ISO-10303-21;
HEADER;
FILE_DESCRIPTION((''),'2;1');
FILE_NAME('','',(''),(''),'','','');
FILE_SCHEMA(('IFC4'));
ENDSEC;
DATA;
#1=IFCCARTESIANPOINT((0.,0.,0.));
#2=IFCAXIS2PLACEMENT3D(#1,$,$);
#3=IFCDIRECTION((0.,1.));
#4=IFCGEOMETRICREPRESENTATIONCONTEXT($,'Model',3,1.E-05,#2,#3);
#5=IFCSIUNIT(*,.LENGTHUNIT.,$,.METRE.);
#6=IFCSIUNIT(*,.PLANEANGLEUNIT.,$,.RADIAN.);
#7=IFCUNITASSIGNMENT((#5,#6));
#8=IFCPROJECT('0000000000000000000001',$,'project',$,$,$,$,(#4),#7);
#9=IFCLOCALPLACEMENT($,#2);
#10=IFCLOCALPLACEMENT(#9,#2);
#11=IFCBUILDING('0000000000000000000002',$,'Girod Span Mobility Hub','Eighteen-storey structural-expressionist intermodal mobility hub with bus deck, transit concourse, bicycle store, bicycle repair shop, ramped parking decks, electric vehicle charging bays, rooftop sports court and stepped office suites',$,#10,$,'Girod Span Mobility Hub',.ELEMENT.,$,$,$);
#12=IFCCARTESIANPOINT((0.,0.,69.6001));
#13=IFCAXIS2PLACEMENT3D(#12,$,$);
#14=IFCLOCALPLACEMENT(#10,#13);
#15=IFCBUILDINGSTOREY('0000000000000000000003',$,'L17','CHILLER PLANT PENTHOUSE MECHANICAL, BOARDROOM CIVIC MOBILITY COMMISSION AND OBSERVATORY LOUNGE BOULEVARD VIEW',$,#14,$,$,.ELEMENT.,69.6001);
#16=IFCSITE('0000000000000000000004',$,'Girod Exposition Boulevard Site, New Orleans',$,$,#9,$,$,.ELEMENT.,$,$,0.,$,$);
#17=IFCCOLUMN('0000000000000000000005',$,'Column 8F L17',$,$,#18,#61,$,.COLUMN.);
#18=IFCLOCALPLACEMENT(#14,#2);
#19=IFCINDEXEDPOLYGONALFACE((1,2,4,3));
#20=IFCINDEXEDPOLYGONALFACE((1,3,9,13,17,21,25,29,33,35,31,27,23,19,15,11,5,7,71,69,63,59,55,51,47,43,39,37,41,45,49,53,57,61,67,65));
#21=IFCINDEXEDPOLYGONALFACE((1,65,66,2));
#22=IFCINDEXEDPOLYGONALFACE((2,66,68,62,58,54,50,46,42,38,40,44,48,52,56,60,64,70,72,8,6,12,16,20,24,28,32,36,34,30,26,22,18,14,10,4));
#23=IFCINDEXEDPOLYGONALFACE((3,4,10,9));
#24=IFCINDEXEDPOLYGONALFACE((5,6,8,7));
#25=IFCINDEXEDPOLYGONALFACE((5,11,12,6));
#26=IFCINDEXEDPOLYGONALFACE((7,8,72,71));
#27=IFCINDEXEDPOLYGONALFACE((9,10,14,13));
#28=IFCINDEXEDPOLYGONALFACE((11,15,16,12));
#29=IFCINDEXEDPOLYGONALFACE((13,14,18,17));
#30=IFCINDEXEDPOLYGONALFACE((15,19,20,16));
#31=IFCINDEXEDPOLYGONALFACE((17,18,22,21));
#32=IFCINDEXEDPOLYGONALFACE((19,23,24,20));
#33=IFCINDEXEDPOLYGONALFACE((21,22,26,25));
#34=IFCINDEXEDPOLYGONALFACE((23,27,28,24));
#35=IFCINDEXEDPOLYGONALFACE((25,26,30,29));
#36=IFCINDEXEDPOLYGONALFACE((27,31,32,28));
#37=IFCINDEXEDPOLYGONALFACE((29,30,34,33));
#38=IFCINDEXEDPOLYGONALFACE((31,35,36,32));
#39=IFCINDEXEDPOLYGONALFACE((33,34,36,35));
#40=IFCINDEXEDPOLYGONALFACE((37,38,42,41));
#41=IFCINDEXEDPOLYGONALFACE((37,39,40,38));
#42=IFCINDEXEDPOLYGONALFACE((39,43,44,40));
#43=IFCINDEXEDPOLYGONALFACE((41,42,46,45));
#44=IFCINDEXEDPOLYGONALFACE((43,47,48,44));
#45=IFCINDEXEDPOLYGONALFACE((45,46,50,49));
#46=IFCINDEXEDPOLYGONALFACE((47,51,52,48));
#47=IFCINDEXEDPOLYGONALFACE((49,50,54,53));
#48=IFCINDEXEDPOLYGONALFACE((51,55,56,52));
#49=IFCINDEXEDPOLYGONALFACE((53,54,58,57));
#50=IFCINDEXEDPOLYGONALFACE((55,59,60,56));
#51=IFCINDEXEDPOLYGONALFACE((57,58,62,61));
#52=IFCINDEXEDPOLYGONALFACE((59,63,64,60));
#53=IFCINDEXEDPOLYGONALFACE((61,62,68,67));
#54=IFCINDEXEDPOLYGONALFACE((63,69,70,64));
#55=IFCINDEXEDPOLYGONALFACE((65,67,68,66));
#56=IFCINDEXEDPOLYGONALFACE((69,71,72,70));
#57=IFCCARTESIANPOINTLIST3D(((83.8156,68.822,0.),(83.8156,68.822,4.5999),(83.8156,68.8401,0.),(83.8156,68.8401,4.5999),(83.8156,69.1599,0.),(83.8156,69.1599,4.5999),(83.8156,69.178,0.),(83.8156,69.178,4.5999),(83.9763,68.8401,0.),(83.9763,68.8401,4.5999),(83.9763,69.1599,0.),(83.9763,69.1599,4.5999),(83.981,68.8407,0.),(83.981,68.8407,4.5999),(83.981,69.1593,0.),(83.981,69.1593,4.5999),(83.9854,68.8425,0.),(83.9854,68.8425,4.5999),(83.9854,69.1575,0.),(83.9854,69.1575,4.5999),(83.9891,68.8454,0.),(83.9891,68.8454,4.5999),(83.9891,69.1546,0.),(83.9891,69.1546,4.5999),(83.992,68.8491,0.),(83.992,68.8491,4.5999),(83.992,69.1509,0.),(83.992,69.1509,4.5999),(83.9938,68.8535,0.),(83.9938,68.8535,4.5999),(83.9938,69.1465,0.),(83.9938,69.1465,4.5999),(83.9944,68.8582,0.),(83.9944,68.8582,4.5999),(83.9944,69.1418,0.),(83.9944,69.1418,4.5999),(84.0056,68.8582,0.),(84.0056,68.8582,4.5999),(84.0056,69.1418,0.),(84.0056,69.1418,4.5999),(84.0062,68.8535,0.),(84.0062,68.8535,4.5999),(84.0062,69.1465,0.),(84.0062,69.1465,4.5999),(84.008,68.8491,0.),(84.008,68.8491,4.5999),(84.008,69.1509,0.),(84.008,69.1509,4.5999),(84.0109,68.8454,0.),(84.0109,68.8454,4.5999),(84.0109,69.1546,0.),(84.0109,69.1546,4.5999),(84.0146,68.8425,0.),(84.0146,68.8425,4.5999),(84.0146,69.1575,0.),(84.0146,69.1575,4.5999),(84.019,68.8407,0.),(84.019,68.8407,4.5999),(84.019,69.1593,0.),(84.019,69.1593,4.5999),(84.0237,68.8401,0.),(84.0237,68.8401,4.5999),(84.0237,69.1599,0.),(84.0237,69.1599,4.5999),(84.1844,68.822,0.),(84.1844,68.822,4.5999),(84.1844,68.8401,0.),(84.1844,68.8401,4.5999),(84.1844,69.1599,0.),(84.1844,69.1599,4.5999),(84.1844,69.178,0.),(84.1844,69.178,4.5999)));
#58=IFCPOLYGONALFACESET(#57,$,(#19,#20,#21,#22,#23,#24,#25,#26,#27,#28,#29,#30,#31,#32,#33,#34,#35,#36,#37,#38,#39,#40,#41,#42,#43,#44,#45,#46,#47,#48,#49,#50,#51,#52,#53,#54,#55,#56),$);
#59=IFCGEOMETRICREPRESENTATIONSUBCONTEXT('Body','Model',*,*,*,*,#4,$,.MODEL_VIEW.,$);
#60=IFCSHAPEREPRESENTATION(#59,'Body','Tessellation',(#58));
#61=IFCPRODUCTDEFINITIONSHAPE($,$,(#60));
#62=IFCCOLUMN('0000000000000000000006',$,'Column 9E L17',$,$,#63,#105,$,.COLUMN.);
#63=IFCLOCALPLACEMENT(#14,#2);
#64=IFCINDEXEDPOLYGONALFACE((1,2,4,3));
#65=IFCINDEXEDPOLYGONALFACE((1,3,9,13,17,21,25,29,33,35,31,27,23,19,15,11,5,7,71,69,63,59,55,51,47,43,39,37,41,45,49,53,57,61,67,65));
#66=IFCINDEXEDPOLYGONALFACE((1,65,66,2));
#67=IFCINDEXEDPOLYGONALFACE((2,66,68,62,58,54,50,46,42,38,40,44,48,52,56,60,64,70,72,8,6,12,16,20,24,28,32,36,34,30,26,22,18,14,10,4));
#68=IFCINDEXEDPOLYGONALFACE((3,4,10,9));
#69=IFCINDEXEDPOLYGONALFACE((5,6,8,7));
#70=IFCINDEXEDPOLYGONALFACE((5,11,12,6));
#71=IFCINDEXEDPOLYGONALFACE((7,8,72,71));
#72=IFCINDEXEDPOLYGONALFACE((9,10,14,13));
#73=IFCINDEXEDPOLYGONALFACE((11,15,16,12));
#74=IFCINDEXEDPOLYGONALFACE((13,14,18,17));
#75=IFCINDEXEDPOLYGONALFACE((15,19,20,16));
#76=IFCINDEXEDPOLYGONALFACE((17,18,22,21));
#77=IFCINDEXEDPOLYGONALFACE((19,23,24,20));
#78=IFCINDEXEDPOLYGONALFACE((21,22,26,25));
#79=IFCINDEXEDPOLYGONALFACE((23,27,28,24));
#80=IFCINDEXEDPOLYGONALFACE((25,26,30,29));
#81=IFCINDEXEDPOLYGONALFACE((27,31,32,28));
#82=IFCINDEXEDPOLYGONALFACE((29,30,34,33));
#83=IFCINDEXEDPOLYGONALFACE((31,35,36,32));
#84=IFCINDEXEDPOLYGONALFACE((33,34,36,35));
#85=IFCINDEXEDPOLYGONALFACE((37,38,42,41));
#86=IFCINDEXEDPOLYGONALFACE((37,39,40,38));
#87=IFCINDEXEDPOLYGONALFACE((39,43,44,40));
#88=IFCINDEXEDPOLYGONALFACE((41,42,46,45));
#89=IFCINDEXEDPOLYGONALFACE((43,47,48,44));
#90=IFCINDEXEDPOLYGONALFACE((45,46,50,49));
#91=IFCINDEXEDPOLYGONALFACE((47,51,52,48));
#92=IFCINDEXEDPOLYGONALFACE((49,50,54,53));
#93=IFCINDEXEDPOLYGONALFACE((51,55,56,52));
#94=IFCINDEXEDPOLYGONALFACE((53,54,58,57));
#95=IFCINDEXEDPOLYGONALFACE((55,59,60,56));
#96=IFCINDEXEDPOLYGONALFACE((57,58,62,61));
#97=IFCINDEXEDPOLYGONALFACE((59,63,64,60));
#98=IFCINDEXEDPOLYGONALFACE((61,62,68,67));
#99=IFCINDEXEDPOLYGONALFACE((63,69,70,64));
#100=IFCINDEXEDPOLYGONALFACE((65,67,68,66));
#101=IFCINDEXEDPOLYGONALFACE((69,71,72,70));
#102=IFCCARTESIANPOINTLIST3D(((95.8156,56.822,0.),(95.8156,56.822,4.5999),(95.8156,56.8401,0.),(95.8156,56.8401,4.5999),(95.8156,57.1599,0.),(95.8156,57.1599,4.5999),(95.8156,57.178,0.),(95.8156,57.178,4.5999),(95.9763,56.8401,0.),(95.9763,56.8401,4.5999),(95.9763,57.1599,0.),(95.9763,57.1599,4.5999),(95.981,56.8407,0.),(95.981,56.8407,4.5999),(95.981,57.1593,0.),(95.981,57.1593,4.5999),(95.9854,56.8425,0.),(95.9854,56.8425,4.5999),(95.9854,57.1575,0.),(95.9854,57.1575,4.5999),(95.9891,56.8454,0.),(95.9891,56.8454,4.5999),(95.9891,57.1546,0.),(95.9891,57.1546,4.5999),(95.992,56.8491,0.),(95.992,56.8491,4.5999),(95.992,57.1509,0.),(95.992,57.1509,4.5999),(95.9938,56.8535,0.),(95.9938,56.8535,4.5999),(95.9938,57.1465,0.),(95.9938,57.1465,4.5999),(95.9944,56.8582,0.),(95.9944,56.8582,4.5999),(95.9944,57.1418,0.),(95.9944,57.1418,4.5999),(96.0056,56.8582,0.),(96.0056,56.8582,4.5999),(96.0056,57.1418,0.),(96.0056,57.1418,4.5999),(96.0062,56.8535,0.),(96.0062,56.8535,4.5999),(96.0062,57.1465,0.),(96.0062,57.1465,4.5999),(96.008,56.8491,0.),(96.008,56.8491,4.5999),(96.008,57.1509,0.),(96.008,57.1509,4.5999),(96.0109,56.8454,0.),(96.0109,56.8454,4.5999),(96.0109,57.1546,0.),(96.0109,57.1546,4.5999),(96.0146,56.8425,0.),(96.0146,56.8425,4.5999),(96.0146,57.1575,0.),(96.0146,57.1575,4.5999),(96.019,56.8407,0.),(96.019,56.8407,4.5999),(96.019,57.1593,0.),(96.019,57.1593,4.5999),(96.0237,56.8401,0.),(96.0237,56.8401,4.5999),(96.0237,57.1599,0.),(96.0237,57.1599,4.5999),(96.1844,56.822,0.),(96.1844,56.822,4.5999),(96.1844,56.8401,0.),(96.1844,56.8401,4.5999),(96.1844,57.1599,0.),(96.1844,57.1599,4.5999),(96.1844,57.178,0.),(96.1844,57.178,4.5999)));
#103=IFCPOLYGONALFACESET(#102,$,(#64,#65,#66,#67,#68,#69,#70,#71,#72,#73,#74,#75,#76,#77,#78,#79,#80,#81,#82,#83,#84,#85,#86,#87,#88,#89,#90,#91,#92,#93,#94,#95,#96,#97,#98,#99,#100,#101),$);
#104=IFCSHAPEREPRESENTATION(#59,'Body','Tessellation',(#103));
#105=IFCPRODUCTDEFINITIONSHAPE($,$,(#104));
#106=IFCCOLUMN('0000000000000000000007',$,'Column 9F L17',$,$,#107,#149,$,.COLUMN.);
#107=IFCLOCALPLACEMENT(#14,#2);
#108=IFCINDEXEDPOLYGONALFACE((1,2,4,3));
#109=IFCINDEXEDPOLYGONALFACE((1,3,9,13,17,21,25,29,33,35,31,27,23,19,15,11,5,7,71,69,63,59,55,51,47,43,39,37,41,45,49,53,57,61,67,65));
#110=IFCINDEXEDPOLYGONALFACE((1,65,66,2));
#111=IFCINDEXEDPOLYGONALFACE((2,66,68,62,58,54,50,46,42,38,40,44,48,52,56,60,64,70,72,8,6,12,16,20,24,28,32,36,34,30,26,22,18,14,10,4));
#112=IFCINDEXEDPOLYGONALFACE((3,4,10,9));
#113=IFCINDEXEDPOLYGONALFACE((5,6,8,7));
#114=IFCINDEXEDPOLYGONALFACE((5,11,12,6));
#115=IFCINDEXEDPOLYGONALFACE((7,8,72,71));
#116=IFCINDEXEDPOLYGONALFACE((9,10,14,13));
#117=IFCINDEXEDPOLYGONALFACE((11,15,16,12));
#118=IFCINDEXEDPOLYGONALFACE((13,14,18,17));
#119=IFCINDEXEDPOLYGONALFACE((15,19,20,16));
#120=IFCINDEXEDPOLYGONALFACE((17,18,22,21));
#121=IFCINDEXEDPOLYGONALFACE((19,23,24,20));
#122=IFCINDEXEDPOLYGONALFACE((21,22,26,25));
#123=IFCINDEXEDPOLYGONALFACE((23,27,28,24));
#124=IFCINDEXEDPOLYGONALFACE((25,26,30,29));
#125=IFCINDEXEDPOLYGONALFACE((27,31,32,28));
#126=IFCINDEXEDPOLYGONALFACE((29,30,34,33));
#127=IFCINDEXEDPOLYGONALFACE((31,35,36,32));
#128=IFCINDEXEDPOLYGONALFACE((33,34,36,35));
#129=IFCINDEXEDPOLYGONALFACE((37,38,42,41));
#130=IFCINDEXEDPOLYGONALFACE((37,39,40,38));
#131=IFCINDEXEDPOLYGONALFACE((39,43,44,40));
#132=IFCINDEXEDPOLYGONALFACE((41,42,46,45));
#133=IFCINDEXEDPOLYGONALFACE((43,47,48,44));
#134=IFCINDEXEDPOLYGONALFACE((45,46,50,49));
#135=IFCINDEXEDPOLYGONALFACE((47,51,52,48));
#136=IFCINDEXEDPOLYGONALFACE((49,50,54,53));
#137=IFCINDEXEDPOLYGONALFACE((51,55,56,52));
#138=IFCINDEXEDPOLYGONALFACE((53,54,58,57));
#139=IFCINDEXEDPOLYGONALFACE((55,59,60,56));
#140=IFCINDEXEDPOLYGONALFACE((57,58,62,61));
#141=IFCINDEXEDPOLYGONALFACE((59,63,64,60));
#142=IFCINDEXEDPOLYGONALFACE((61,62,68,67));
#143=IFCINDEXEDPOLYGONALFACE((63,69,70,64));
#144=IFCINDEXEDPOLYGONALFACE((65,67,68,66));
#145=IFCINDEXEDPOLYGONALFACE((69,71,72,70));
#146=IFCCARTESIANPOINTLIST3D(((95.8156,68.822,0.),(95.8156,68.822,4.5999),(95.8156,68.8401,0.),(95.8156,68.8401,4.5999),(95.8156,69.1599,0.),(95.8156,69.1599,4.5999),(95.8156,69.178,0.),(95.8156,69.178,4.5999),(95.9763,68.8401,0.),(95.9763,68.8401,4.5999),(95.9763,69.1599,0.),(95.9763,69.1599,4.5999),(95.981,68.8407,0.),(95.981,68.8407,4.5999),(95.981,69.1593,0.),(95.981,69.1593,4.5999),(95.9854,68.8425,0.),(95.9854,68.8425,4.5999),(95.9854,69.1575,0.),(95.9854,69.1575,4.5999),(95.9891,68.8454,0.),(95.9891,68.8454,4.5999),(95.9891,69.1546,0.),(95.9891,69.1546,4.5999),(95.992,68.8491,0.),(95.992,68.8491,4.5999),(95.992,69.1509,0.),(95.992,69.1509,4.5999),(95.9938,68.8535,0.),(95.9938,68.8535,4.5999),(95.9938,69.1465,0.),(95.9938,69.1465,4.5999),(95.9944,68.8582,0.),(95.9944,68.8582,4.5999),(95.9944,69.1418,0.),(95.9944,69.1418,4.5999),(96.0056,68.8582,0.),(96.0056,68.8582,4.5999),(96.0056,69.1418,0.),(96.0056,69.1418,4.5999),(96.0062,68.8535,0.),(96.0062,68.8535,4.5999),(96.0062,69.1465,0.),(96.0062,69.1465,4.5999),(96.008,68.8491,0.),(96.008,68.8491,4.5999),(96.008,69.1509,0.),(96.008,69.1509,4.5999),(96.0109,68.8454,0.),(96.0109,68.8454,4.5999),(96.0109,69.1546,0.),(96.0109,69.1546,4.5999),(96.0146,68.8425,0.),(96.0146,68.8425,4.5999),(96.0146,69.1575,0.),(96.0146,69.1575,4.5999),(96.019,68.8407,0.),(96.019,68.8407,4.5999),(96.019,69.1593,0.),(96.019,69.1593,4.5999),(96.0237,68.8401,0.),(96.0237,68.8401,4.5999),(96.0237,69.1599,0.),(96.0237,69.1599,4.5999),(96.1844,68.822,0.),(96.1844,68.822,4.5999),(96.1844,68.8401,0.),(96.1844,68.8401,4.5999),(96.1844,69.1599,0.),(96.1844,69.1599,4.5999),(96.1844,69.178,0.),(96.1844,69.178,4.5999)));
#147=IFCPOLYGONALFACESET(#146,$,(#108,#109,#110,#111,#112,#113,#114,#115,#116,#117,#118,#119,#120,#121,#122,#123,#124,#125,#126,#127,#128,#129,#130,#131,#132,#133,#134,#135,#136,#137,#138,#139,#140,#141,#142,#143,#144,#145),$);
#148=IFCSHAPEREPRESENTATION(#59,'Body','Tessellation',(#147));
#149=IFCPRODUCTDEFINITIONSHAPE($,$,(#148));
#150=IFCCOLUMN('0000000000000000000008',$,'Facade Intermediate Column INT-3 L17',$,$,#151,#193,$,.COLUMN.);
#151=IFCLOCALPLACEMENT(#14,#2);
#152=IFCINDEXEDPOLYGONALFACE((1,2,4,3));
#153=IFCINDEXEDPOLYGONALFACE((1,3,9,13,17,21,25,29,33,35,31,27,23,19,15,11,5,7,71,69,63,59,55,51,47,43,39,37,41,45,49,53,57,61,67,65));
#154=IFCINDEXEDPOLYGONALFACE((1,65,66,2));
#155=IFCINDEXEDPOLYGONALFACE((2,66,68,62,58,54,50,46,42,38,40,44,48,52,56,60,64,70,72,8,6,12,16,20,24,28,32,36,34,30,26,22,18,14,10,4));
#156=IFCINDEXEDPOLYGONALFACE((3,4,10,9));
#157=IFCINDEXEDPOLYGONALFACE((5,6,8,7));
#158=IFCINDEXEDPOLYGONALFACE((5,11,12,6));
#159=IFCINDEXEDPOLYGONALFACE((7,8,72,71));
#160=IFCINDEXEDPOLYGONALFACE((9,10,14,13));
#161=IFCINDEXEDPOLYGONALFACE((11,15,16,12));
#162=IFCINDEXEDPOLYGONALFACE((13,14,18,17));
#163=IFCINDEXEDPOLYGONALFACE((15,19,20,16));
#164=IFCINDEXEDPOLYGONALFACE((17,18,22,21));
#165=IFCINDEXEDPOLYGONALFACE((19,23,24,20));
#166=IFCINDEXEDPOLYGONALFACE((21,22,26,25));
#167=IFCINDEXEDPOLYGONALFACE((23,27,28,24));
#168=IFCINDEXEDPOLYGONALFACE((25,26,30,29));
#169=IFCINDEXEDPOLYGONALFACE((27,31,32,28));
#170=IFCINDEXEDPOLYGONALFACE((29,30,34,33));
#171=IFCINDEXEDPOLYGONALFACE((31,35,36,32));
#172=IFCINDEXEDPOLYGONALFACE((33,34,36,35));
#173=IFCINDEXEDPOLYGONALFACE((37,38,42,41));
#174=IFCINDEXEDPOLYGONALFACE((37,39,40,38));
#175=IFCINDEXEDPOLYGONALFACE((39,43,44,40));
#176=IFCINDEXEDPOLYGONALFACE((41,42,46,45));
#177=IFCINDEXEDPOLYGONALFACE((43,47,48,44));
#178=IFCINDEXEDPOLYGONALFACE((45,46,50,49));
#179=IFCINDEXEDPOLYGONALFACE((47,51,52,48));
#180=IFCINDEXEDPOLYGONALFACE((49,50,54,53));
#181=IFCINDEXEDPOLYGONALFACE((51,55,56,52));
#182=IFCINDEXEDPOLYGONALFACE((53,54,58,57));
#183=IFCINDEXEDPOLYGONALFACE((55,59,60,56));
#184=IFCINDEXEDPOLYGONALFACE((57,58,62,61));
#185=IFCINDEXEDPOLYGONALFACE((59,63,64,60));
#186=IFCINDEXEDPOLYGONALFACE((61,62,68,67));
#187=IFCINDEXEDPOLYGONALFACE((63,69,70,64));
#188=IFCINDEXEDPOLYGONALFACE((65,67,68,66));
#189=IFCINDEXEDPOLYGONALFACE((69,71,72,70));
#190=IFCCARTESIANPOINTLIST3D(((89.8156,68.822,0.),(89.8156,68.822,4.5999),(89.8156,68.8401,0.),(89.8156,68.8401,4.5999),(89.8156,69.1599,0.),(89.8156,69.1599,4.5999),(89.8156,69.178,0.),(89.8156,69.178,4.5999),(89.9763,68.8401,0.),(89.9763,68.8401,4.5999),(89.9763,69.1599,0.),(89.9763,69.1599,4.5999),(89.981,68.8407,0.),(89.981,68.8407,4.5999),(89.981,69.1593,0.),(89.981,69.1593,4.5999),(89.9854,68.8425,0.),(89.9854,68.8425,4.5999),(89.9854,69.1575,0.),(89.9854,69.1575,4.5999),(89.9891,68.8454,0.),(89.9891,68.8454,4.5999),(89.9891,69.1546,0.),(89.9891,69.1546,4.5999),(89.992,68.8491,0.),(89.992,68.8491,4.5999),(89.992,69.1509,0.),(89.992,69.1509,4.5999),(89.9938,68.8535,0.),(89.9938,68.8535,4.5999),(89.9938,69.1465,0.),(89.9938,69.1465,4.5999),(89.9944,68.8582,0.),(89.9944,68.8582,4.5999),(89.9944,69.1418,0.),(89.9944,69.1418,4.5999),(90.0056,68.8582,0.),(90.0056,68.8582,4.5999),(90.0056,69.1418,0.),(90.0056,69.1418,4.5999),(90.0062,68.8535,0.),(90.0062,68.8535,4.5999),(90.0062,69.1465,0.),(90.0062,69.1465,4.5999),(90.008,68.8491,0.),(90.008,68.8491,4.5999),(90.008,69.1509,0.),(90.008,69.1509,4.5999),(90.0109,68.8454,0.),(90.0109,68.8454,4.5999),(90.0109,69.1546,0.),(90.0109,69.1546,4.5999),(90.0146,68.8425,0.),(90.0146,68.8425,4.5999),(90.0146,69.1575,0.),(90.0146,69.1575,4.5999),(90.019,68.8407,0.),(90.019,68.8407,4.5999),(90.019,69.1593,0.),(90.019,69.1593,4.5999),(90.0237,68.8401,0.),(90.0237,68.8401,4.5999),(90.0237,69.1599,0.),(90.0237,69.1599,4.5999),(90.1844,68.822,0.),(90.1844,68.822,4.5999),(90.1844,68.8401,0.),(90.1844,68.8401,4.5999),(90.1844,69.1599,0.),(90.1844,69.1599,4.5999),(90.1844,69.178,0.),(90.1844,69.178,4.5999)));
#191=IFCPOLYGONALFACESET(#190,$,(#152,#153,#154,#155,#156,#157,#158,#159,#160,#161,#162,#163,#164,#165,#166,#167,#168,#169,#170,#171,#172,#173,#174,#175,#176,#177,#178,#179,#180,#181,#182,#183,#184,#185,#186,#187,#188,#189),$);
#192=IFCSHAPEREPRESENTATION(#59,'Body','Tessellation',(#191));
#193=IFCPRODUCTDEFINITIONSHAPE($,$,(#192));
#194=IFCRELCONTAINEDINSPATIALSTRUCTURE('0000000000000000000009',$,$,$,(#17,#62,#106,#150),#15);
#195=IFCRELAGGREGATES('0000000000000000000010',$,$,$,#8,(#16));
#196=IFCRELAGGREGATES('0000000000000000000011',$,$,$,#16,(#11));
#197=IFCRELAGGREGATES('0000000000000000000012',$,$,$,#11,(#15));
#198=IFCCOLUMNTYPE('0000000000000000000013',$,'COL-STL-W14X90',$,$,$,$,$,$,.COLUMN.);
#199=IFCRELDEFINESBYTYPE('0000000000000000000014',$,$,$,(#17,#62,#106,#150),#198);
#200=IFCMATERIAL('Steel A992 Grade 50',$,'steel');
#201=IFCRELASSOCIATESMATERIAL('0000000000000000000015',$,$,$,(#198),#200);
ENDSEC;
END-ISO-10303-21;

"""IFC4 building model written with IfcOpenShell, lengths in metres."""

from ifc_helpers import new_model, si_unit, direction, frame, origin, origin_2d, place, context, subcontext, project, spatial, i_section, extrude, material, material_profile, profile_set, type_object, element, save


model = new_model("IFC4")

# Units and contexts
model_context = context("Model", 3, precision=1e-05, world=origin(), true_north=direction((0.0, 1.0)))
body_context = subcontext(model_context, "Body", "Model", "MODEL_VIEW")
ifc_project = project(units=[si_unit("LENGTHUNIT", "METRE"), si_unit("PLANEANGLEUNIT", "RADIAN")], contexts=[model_context])

# Site, building, storey
site_placement = place(None, origin())
site = spatial("IfcSite", under=ifc_project, at=site_placement, Name="Girod Exposition Boulevard Site, New Orleans", CompositionType="ELEMENT", RefElevation=0.0)
building_placement = place(site_placement, origin())
building = spatial("IfcBuilding", under=site, at=building_placement, Name="Girod Span Mobility Hub", Description="Eighteen-storey structural-expressionist intermodal mobility hub with bus deck, transit concourse, bicycle store, bicycle repair shop, ramped parking decks, electric vehicle charging bays, rooftop sports court and stepped office suites", LongName="Girod Span Mobility Hub", CompositionType="ELEMENT")
storey_placement = place(building_placement, frame((0.0, 0.0, 69.6001)))
storey = spatial("IfcBuildingStorey", under=building, at=storey_placement, Name="L17", Description="CHILLER PLANT PENTHOUSE MECHANICAL, BOARDROOM CIVIC MOBILITY COMMISSION AND OBSERVATORY LOUNGE BOULEVARD VIEW", CompositionType="ELEMENT", Elevation=69.6001)

# Columns
ifc_material_1 = material(Name="Steel A992 Grade 50", Category="steel")
ifc_material_profile_1 = material_profile(ifc_material_1, i_section(OverallWidth=0.3689, OverallDepth=0.356, WebThickness=0.0112, FlangeThickness=0.0181, FilletRadius=0.0181, at=origin_2d()), Name="W14X90")
ifc_profile_set_1 = profile_set([ifc_material_profile_1], Name="Steel A992 Grade 50")
column_type = type_object("IfcColumnType", Name="COL-STL-W14X90", PredefinedType="COLUMN", material=ifc_profile_set_1)
for number, where, z_axis, x_axis, name in (
    (1, (84.0, 69.0, 0.0), (0.0, 0.0, 1.0), (1.0, 0.0, 0.0), "Column 8F L17"),
    (2, (96.0, 57.0, 0.0), (0.0, 0.0, 1.0), (1.0, 0.0, 0.0), "Column 9E L17"),
    (3, (96.0, 69.0, 0.0), (0.0, 0.0, 1.0), (1.0, 0.0, 0.0), "Column 9F L17"),
    (4, (90.0, 69.0, 0.0), (0.0, 0.0, 1.0), (1.0, 0.0, 0.0), "Facade Intermediate Column INT-3 L17"),
):
    element("IfcColumn", number, at=place(storey_placement, frame(where, z_axis=z_axis, x_axis=x_axis)), inside=storey, type_object=column_type, Name=name, PredefinedType="COLUMN", context=body_context, shape_type="SweptSolid", body=[
        extrude(i_section(OverallWidth=0.3689, OverallDepth=0.356, WebThickness=0.0112, FlangeThickness=0.0181, FilletRadius=0.0181, at=origin_2d()), origin(), (0.0, 0.0, 1.0), 4.5999),
    ])

save(model, "model.ifc")
